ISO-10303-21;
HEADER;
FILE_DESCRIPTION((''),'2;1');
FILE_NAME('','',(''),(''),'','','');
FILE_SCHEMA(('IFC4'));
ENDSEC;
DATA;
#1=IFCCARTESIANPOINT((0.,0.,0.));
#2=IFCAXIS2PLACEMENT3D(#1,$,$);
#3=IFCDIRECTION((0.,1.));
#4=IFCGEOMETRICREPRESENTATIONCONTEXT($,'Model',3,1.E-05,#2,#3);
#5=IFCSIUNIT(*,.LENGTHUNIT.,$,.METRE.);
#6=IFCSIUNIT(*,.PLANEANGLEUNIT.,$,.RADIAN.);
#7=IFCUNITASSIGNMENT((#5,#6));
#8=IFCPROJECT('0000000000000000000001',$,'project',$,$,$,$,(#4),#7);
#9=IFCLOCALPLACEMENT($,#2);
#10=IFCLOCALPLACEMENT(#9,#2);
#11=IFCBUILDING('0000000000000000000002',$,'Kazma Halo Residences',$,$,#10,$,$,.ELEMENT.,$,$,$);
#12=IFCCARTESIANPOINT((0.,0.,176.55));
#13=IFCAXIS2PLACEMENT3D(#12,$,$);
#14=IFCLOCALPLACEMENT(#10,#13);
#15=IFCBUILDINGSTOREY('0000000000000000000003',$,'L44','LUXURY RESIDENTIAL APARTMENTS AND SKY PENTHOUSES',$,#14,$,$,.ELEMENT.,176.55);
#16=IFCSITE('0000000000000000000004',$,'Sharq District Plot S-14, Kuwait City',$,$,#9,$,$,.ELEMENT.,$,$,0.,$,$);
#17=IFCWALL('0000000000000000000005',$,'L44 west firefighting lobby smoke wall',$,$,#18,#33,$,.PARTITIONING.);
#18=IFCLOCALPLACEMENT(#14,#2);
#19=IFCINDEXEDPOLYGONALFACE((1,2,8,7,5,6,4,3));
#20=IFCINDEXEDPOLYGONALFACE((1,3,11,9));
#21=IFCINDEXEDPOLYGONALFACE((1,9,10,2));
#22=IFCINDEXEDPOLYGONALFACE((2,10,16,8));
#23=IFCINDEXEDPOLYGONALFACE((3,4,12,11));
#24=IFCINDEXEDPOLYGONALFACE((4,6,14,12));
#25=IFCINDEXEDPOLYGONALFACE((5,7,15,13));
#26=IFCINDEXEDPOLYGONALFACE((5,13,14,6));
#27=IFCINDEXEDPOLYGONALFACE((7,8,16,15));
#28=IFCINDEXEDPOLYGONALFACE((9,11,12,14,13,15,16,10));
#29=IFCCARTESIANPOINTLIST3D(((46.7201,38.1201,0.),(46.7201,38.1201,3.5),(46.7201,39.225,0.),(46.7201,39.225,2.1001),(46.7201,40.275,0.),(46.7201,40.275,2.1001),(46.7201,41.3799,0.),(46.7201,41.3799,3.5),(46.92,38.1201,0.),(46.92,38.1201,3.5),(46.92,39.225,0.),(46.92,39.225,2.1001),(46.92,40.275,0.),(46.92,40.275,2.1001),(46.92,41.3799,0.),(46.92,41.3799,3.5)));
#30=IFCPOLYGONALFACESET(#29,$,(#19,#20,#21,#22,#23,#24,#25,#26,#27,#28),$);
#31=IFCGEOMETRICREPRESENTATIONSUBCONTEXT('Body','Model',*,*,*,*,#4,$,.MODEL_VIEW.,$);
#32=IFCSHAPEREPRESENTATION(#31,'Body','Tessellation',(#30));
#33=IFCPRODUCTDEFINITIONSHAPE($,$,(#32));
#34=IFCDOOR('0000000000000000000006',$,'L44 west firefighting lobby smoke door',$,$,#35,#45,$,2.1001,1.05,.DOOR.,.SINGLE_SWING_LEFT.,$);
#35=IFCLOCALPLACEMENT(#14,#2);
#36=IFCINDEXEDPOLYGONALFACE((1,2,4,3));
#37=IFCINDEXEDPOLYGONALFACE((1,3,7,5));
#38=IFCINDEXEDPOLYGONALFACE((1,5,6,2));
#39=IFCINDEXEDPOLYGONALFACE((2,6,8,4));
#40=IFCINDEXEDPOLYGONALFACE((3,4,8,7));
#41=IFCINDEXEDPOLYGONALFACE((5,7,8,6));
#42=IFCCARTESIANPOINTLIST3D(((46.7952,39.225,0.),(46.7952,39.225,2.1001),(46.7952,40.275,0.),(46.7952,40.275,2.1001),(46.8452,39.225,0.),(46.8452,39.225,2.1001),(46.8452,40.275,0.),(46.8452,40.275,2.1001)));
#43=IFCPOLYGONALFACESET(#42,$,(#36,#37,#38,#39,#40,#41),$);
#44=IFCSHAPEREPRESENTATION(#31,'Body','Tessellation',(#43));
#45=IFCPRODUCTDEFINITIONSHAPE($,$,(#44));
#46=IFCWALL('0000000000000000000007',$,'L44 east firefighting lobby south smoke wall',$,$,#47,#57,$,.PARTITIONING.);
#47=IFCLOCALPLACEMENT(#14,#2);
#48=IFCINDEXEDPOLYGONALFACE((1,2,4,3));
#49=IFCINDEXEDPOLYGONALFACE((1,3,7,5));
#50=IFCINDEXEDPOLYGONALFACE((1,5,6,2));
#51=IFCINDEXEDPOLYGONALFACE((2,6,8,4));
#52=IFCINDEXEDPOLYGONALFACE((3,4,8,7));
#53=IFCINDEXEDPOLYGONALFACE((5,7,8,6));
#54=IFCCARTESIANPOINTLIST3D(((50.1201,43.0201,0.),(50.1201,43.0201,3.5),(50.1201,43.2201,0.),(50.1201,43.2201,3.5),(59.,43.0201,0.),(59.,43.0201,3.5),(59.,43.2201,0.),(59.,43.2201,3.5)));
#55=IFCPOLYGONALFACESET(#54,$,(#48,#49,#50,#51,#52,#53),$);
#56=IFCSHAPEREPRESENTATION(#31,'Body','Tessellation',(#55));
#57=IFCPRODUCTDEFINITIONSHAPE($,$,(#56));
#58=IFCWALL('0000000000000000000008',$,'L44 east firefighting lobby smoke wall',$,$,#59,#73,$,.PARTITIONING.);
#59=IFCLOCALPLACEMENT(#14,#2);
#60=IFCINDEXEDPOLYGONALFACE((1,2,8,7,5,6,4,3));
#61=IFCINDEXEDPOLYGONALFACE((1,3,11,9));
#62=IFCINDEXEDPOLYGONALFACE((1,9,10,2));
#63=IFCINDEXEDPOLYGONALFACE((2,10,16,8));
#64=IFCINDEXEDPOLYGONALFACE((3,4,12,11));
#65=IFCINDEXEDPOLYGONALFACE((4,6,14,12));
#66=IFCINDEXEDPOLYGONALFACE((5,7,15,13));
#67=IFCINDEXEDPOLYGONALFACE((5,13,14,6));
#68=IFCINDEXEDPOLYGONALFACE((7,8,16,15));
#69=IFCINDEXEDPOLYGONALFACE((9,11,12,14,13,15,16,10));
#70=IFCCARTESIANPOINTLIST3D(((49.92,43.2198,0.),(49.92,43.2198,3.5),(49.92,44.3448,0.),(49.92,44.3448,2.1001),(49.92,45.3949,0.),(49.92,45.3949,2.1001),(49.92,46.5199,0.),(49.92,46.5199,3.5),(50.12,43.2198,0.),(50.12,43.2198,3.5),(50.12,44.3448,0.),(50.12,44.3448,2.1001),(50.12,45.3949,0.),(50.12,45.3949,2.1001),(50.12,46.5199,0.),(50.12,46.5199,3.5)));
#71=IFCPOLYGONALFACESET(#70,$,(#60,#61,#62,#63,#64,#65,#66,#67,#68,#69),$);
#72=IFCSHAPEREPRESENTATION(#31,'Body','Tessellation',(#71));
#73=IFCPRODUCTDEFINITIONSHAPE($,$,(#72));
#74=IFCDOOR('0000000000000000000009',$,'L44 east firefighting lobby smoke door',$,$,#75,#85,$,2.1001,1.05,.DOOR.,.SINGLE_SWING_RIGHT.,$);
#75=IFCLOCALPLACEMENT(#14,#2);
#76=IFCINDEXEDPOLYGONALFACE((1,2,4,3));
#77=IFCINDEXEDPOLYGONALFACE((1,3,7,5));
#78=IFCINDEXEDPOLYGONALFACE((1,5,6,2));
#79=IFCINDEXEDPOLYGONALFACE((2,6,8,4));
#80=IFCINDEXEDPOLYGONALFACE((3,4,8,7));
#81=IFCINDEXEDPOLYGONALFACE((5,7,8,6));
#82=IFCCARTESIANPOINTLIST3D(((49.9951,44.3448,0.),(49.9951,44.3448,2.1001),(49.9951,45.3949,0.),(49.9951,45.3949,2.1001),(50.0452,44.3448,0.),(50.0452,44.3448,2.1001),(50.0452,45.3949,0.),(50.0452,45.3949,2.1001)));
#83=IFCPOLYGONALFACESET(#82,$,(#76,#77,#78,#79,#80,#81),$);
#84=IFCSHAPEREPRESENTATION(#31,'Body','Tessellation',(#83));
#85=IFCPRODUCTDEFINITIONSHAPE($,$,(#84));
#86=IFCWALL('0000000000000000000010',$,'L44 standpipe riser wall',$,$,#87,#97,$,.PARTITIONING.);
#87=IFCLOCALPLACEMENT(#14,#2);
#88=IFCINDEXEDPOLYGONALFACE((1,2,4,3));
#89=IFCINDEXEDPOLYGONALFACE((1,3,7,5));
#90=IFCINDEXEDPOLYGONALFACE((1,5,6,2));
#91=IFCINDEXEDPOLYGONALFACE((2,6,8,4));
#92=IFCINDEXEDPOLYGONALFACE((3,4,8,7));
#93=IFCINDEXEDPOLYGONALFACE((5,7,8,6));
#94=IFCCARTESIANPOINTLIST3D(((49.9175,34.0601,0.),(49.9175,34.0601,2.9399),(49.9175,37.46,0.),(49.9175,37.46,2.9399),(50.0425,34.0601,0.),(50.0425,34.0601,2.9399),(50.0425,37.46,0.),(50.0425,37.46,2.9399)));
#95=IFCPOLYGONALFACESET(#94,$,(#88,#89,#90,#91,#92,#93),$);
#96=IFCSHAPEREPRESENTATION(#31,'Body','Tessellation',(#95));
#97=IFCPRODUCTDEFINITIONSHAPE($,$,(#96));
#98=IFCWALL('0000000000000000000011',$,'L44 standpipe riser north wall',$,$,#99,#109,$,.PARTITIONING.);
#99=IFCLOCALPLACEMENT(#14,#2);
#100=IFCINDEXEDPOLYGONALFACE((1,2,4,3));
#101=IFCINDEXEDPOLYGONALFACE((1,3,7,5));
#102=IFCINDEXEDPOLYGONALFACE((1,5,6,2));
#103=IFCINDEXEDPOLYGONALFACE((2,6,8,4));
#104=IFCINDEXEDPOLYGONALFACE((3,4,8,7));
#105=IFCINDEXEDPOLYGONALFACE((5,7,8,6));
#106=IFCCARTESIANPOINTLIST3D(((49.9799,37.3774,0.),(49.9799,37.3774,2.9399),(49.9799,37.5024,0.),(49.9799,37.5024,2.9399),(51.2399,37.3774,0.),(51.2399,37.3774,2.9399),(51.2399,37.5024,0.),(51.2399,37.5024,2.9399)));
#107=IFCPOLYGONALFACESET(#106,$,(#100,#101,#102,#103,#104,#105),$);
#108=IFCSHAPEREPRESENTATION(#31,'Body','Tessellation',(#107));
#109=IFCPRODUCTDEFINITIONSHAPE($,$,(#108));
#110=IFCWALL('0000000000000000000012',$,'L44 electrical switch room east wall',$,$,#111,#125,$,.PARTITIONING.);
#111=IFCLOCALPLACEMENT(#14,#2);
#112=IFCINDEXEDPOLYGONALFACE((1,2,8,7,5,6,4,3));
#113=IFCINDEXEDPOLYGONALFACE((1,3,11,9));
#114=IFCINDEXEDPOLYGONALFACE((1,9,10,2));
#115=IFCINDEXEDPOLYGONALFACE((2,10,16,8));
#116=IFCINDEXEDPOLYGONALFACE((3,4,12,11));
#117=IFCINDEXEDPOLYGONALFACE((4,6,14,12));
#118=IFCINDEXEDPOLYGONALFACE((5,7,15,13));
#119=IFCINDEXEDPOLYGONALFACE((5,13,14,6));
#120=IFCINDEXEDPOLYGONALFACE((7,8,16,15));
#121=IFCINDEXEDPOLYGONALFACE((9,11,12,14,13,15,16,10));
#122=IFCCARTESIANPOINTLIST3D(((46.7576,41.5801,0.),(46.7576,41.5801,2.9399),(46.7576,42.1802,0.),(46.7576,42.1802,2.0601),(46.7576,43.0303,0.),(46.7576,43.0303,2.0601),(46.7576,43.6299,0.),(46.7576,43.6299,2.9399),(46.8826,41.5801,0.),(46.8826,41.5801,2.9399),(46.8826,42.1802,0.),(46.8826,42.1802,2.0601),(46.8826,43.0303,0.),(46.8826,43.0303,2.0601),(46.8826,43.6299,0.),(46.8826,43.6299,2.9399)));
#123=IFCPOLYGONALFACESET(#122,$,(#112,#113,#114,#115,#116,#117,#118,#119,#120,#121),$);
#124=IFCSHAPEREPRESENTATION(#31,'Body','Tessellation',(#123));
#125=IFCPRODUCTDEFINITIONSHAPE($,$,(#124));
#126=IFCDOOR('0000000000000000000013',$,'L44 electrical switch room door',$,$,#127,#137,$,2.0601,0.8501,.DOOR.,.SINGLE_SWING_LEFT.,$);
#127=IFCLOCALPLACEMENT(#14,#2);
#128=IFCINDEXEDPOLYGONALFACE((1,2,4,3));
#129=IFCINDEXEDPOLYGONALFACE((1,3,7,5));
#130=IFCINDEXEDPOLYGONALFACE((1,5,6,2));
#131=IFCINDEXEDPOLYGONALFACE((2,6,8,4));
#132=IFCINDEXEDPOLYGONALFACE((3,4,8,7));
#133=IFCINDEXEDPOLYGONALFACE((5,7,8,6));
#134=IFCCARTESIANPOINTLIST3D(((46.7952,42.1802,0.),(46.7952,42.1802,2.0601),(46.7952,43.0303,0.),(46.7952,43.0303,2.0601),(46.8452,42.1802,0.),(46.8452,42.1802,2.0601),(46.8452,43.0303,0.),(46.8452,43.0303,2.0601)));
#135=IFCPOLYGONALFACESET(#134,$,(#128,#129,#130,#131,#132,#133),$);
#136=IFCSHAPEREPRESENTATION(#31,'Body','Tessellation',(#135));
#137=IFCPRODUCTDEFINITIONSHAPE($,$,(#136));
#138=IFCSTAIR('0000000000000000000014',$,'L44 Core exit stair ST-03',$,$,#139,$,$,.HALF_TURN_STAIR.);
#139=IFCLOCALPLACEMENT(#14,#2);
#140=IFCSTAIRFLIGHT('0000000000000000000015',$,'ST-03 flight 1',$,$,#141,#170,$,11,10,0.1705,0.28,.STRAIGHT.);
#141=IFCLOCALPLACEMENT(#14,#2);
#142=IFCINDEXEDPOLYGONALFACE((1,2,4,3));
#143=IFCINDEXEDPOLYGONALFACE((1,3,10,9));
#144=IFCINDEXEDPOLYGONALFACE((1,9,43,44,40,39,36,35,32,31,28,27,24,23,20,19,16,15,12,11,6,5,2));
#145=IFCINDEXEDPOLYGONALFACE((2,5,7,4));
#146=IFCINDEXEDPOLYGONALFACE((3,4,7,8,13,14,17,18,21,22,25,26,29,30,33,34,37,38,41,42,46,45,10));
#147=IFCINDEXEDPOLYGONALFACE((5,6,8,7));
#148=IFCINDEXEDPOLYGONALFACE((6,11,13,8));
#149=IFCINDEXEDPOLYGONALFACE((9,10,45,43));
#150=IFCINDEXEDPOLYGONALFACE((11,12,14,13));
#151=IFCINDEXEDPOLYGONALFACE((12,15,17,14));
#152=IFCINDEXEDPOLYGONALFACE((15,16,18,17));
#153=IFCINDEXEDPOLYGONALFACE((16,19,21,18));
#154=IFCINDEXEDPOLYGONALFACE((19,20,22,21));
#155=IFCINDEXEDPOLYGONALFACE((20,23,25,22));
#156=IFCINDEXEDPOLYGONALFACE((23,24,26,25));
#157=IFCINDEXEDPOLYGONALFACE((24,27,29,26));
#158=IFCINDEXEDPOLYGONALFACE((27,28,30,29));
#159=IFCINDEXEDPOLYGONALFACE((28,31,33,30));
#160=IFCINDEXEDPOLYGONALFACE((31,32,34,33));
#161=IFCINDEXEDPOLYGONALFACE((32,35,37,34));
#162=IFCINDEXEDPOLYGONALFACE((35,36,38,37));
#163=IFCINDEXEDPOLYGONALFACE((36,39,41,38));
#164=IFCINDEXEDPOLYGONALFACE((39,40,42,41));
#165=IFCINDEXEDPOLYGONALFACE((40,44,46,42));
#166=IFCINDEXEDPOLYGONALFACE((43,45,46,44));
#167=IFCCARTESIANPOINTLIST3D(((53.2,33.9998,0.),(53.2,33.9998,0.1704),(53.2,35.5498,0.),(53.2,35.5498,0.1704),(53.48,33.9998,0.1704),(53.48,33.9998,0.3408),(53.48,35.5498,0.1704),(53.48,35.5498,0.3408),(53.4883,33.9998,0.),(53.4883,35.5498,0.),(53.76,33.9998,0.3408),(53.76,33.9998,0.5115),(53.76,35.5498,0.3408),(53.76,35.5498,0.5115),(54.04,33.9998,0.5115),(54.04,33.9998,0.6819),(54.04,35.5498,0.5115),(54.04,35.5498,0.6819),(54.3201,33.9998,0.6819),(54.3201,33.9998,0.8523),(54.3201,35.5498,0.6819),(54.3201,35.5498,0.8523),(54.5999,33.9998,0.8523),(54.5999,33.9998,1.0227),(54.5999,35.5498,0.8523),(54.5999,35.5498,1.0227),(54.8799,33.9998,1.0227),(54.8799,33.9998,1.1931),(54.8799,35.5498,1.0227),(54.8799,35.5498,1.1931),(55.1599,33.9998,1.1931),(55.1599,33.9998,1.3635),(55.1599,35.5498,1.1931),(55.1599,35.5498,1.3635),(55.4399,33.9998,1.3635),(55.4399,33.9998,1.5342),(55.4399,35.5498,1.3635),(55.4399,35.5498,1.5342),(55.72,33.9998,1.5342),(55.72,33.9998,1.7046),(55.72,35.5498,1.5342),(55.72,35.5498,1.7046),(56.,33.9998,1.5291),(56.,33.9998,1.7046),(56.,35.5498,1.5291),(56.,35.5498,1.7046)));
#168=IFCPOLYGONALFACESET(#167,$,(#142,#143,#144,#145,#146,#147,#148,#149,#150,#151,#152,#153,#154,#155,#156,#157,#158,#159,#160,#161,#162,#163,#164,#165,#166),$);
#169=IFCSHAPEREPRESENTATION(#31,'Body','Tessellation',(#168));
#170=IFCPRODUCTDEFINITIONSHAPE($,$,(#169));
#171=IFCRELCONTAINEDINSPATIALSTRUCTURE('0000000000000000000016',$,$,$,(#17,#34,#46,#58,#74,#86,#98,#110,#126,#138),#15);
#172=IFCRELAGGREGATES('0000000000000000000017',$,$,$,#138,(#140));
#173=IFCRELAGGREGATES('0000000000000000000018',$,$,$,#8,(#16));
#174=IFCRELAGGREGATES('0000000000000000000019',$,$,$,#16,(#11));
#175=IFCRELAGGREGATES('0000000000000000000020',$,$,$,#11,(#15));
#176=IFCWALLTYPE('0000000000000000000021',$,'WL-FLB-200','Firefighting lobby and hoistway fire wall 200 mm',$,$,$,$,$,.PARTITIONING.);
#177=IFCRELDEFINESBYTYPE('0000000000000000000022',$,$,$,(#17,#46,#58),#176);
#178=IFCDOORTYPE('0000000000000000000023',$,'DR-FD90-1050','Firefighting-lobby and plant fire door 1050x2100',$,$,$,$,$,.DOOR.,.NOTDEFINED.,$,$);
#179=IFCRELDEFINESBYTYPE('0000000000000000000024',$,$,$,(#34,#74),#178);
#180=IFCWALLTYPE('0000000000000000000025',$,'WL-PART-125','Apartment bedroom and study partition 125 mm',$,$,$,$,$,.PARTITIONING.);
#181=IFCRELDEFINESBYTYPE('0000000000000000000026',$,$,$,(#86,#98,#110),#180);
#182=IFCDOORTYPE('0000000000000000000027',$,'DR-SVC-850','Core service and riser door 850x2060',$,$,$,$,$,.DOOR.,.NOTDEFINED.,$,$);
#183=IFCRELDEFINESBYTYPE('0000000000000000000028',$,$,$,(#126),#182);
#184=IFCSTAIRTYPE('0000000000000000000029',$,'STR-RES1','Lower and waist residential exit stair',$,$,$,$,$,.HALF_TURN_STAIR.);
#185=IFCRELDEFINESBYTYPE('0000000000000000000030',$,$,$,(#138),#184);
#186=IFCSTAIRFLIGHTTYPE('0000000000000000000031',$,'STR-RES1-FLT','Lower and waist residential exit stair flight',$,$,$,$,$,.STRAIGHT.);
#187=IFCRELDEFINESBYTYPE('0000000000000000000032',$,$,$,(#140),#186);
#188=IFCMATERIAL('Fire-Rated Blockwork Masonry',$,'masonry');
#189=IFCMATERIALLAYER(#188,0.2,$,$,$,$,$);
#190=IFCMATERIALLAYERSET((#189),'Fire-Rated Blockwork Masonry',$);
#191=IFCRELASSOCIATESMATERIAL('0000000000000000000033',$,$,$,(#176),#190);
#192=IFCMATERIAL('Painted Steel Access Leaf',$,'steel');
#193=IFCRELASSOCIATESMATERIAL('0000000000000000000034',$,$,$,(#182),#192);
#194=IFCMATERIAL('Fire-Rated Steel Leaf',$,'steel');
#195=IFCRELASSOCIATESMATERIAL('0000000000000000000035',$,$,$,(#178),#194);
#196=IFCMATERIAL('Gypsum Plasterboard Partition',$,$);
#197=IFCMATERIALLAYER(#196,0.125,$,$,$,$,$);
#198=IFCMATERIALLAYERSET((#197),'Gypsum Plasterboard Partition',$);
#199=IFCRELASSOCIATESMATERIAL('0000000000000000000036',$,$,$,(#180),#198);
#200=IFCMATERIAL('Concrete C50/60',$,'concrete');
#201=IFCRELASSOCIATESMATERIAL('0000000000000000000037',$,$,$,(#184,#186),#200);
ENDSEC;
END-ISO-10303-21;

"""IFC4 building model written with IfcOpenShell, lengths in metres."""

from ifc_helpers import new_model, si_unit, direction, frame, frame_2d, origin, place, context, subcontext, project, spatial, polyline, rectangle, outline, extrude, material, layer, layer_set, type_object, element, fill, aggregate, save


model = new_model("IFC4")

# Units and contexts
model_context = context("Model", 3, precision=1e-05, world=origin(), true_north=direction((0.0, 1.0)))
body_context = subcontext(model_context, "Body", "Model", "MODEL_VIEW")
ifc_project = project(units=[si_unit("LENGTHUNIT", "METRE"), si_unit("PLANEANGLEUNIT", "RADIAN")], contexts=[model_context])

# Site, building, storey
site_placement = place(None, origin())
site = spatial("IfcSite", under=ifc_project, at=site_placement, Name="Sharq District Plot S-14, Kuwait City", CompositionType="ELEMENT", RefElevation=0.0)
building_placement = place(site_placement, origin())
building = spatial("IfcBuilding", under=site, at=building_placement, Name="Kazma Halo Residences", CompositionType="ELEMENT")
storey_placement = place(building_placement, frame((0.0, 0.0, 176.55)))
storey = spatial("IfcBuildingStorey", under=building, at=storey_placement, Name="L44", Description="LUXURY RESIDENTIAL APARTMENTS AND SKY PENTHOUSES", CompositionType="ELEMENT", Elevation=176.55)

# Shared definitions
ifc_material_1 = material(Name="Fire-Rated Blockwork Masonry", Category="masonry")
ifc_layer_1 = layer(ifc_material_1, 0.2)
ifc_layer_set_1 = layer_set([ifc_layer_1], Name="Fire-Rated Blockwork Masonry")
wall_type_1 = type_object("IfcWallType", Name="WL-FLB-200", Description="Firefighting lobby and hoistway fire wall 200 mm", PredefinedType="PARTITIONING", material=ifc_layer_set_1)

# Wall, opening, door
ifc_material_2 = material(Name="Painted Steel Access Leaf", Category="steel")
door_type_1 = type_object("IfcDoorType", Name="DR-SVC-850", Description="Core service and riser door 850x2060", OperationType="NOTDEFINED", PredefinedType="DOOR", material=ifc_material_2)
wall_1_placement = place(storey_placement, frame((46.8201, 38.1201, 0.0), z_axis=(0.0, 0.0, 1.0), x_axis=(0.0, 1.0, 0.0)))
wall_1 = element("IfcWall", 1, at=wall_1_placement, inside=storey, type_object=wall_type_1, Name="L44 west firefighting lobby smoke wall", PredefinedType="PARTITIONING", context=body_context, shape_type="SweptSolid", body=[
    extrude(rectangle(XDim=3.2598, YDim=0.2, at=frame_2d((1.6299, 0.0))), origin(), (0.0, 0.0, 1.0), 3.5),
])
opening_1_placement = place(wall_1_placement, frame((1.105, 0.0, 0.0)))
opening_1 = element("IfcOpeningElement", 2, at=opening_1_placement, cuts=wall_1, PredefinedType="OPENING", context=body_context, shape_type="SweptSolid", body=[
    extrude(rectangle(XDim=1.05, YDim=2.1001, at=frame_2d((0.5249, 1.05))), frame((0.0, 0.1099, 0.0), z_axis=(0.0, -1.0, 0.0), x_axis=(1.0, 0.0, 0.0)), (0.0, 0.0, 1.0), 0.22),
])
ifc_material_3 = material(Name="Fire-Rated Steel Leaf", Category="steel")
door_type_2 = type_object("IfcDoorType", Name="DR-FD90-1050", Description="Firefighting-lobby and plant fire door 1050x2100", OperationType="NOTDEFINED", PredefinedType="DOOR", material=ifc_material_3)
door_1_placement = place(opening_1_placement, origin())
door_1 = element("IfcDoor", 3, at=door_1_placement, inside=storey, type_object=door_type_2, Name="L44 west firefighting lobby smoke door", OperationType="SINGLE_SWING_LEFT", OverallHeight=2.1001, OverallWidth=1.05, PredefinedType="DOOR", context=body_context, shape_type="SweptSolid", body=[
    extrude(rectangle(XDim=1.05, YDim=2.1001, at=frame_2d((0.5249, 1.05))), frame((0.0, 0.0249, 0.0), z_axis=(0.0, -1.0, 0.0), x_axis=(1.0, 0.0, 0.0)), (0.0, 0.0, 1.0), 0.05),
])
fill(opening_1, door_1)

# Wall
wall_2_placement = place(storey_placement, frame((50.1201, 43.1201, 0.0), z_axis=(0.0, 0.0, 1.0), x_axis=(1.0, 0.0, 0.0)))
element("IfcWall", 4, at=wall_2_placement, inside=storey, type_object=wall_type_1, Name="L44 east firefighting lobby south smoke wall", PredefinedType="PARTITIONING", context=body_context, shape_type="SweptSolid", body=[
    extrude(rectangle(XDim=8.8799, YDim=0.2, at=frame_2d((4.4399, 0.0))), origin(), (0.0, 0.0, 1.0), 3.5),
])

# Wall, opening, door
wall_3_placement = place(storey_placement, frame((50.02, 43.22, 0.0), z_axis=(0.0, 0.0, 1.0), x_axis=(0.0, 1.0, 0.0)))
wall_3 = element("IfcWall", 5, at=wall_3_placement, inside=storey, type_object=wall_type_1, Name="L44 east firefighting lobby smoke wall", PredefinedType="PARTITIONING", context=body_context, shape_type="SweptSolid", body=[
    extrude(rectangle(XDim=3.3, YDim=0.2, at=frame_2d((1.6499, 0.0))), origin(), (0.0, 0.0, 1.0), 3.5),
])
opening_2_placement = place(wall_3_placement, frame((1.125, 0.0, 0.0)))
opening_2 = element("IfcOpeningElement", 6, at=opening_2_placement, cuts=wall_3, PredefinedType="OPENING", context=body_context, shape_type="SweptSolid", body=[
    extrude(rectangle(XDim=1.05, YDim=2.1001, at=frame_2d((0.5249, 1.05))), frame((0.0, 0.1099, 0.0), z_axis=(0.0, -1.0, 0.0), x_axis=(1.0, 0.0, 0.0)), (0.0, 0.0, 1.0), 0.22),
])
door_2_placement = place(opening_2_placement, origin())
door_2 = element("IfcDoor", 7, at=door_2_placement, inside=storey, type_object=door_type_2, Name="L44 east firefighting lobby smoke door", OperationType="SINGLE_SWING_RIGHT", OverallHeight=2.1001, OverallWidth=1.05, PredefinedType="DOOR", context=body_context, shape_type="SweptSolid", body=[
    extrude(rectangle(XDim=1.05, YDim=2.1001, at=frame_2d((0.5249, 1.05))), frame((0.0, 0.0249, 0.0), z_axis=(0.0, -1.0, 0.0), x_axis=(1.0, 0.0, 0.0)), (0.0, 0.0, 1.0), 0.05),
])
fill(opening_2, door_2)

# Walls
ifc_material_4 = material(Name="Gypsum Plasterboard Partition")
ifc_layer_2 = layer(ifc_material_4, 0.125)
ifc_layer_set_2 = layer_set([ifc_layer_2], Name="Gypsum Plasterboard Partition")
wall_type_2 = type_object("IfcWallType", Name="WL-PART-125", Description="Apartment bedroom and study partition 125 mm", PredefinedType="PARTITIONING", material=ifc_layer_set_2)
wall_4_placement = place(storey_placement, frame((49.98, 34.0601, 0.0), z_axis=(0.0, 0.0, 1.0), x_axis=(0.0, 1.0, 0.0)))
element("IfcWall", 8, at=wall_4_placement, inside=storey, type_object=wall_type_2, Name="L44 standpipe riser wall", PredefinedType="PARTITIONING", context=body_context, shape_type="SweptSolid", body=[
    extrude(rectangle(XDim=3.3999, YDim=0.125, at=frame_2d((1.7, 0.0))), origin(), (0.0, 0.0, 1.0), 2.9399),
])
wall_5_placement = place(storey_placement, frame((49.98, 37.4399, 0.0), z_axis=(0.0, 0.0, 1.0), x_axis=(1.0, 0.0, 0.0)))
element("IfcWall", 9, at=wall_5_placement, inside=storey, type_object=wall_type_2, Name="L44 standpipe riser north wall", PredefinedType="PARTITIONING", context=body_context, shape_type="SweptSolid", body=[
    extrude(rectangle(XDim=1.26, YDim=0.125, at=frame_2d((0.6299, 0.0))), origin(), (0.0, 0.0, 1.0), 2.9399),
])

# Wall, opening, door
wall_6_placement = place(storey_placement, frame((46.8201, 41.5801, 0.0), z_axis=(0.0, 0.0, 1.0), x_axis=(0.0, 1.0, 0.0)))
wall_6 = element("IfcWall", 10, at=wall_6_placement, inside=storey, type_object=wall_type_2, Name="L44 electrical switch room east wall", PredefinedType="PARTITIONING", context=body_context, shape_type="SweptSolid", body=[
    extrude(rectangle(XDim=2.0498, YDim=0.125, at=frame_2d((1.0249, 0.0))), origin(), (0.0, 0.0, 1.0), 2.9399),
])
opening_3_placement = place(wall_6_placement, frame((0.6001, 0.0, 0.0)))
opening_3 = element("IfcOpeningElement", 11, at=opening_3_placement, cuts=wall_6, PredefinedType="OPENING", context=body_context, shape_type="SweptSolid", body=[
    extrude(rectangle(XDim=0.8501, YDim=2.0601, at=frame_2d((0.425, 1.03))), frame((0.0, 0.0725, 0.0), z_axis=(0.0, -1.0, 0.0), x_axis=(1.0, 0.0, 0.0)), (0.0, 0.0, 1.0), 0.145),
])
door_3_placement = place(opening_3_placement, origin())
door_3 = element("IfcDoor", 12, at=door_3_placement, inside=storey, type_object=door_type_1, Name="L44 electrical switch room door", OperationType="SINGLE_SWING_LEFT", OverallHeight=2.0601, OverallWidth=0.8501, PredefinedType="DOOR", context=body_context, shape_type="SweptSolid", body=[
    extrude(rectangle(XDim=0.8501, YDim=2.0601, at=frame_2d((0.425, 1.03))), frame((0.0, 0.0249, 0.0), z_axis=(0.0, -1.0, 0.0), x_axis=(1.0, 0.0, 0.0)), (0.0, 0.0, 1.0), 0.05),
])
fill(opening_3, door_3)
ifc_material_5 = material(Name="Concrete C50/60", Category="concrete")

# Stair, stair flight
stair_type = type_object("IfcStairType", Name="STR-RES1", Description="Lower and waist residential exit stair", PredefinedType="HALF_TURN_STAIR", material=ifc_material_5)
stair_placement = place(storey_placement, origin())
stair = element("IfcStair", 13, at=stair_placement, inside=storey, type_object=stair_type, Name="L44 Core exit stair ST-03", PredefinedType="HALF_TURN_STAIR")
stair_flight_type = type_object("IfcStairFlightType", Name="STR-RES1-FLT", Description="Lower and waist residential exit stair flight", PredefinedType="STRAIGHT", material=ifc_material_5)
stair_flight_1_placement = place(storey_placement, frame((53.2, 34.7749, 0.0), z_axis=(0.0, 0.0, 1.0), x_axis=(1.0, 0.0, 0.0)))
stair_flight_1 = element("IfcStairFlight", 14, at=stair_flight_1_placement, type_object=stair_flight_type, Name="ST-03 flight 1", NumberOfRisers=11, NumberOfTreads=10, PredefinedType="STRAIGHT", RiserHeight=0.1705, TreadLength=0.28, context=body_context, shape_type="SweptSolid", body=[
    extrude(outline(polyline([(0.0, 0.0), (0.0, 0.1704), (0.28, 0.1704), (0.28, 0.3408), (0.5601, 0.3408), (0.5601, 0.5115), (0.8401, 0.5115), (0.8401, 0.6819), (1.1201, 0.6819), (1.1201, 0.8523), (1.3999, 0.8523), (1.3999, 1.0227), (1.6799, 1.0227), (1.6799, 1.1931), (1.96, 1.1931), (1.96, 1.3635), (2.24, 1.3635), (2.24, 1.5342), (2.52, 1.5342), (2.52, 1.7046), (2.8, 1.7046), (2.8, 1.875), (2.8, 1.5291), (0.2883, 0.0), (0.0, 0.0)])), frame((0.0, 0.7749, 0.0), z_axis=(0.0, -1.0, 0.0), x_axis=(1.0, 0.0, 0.0)), (0.0, 0.0, 1.0), 1.55),
])
aggregate(stair, [stair_flight_1])

save(model, "model.ifc")
